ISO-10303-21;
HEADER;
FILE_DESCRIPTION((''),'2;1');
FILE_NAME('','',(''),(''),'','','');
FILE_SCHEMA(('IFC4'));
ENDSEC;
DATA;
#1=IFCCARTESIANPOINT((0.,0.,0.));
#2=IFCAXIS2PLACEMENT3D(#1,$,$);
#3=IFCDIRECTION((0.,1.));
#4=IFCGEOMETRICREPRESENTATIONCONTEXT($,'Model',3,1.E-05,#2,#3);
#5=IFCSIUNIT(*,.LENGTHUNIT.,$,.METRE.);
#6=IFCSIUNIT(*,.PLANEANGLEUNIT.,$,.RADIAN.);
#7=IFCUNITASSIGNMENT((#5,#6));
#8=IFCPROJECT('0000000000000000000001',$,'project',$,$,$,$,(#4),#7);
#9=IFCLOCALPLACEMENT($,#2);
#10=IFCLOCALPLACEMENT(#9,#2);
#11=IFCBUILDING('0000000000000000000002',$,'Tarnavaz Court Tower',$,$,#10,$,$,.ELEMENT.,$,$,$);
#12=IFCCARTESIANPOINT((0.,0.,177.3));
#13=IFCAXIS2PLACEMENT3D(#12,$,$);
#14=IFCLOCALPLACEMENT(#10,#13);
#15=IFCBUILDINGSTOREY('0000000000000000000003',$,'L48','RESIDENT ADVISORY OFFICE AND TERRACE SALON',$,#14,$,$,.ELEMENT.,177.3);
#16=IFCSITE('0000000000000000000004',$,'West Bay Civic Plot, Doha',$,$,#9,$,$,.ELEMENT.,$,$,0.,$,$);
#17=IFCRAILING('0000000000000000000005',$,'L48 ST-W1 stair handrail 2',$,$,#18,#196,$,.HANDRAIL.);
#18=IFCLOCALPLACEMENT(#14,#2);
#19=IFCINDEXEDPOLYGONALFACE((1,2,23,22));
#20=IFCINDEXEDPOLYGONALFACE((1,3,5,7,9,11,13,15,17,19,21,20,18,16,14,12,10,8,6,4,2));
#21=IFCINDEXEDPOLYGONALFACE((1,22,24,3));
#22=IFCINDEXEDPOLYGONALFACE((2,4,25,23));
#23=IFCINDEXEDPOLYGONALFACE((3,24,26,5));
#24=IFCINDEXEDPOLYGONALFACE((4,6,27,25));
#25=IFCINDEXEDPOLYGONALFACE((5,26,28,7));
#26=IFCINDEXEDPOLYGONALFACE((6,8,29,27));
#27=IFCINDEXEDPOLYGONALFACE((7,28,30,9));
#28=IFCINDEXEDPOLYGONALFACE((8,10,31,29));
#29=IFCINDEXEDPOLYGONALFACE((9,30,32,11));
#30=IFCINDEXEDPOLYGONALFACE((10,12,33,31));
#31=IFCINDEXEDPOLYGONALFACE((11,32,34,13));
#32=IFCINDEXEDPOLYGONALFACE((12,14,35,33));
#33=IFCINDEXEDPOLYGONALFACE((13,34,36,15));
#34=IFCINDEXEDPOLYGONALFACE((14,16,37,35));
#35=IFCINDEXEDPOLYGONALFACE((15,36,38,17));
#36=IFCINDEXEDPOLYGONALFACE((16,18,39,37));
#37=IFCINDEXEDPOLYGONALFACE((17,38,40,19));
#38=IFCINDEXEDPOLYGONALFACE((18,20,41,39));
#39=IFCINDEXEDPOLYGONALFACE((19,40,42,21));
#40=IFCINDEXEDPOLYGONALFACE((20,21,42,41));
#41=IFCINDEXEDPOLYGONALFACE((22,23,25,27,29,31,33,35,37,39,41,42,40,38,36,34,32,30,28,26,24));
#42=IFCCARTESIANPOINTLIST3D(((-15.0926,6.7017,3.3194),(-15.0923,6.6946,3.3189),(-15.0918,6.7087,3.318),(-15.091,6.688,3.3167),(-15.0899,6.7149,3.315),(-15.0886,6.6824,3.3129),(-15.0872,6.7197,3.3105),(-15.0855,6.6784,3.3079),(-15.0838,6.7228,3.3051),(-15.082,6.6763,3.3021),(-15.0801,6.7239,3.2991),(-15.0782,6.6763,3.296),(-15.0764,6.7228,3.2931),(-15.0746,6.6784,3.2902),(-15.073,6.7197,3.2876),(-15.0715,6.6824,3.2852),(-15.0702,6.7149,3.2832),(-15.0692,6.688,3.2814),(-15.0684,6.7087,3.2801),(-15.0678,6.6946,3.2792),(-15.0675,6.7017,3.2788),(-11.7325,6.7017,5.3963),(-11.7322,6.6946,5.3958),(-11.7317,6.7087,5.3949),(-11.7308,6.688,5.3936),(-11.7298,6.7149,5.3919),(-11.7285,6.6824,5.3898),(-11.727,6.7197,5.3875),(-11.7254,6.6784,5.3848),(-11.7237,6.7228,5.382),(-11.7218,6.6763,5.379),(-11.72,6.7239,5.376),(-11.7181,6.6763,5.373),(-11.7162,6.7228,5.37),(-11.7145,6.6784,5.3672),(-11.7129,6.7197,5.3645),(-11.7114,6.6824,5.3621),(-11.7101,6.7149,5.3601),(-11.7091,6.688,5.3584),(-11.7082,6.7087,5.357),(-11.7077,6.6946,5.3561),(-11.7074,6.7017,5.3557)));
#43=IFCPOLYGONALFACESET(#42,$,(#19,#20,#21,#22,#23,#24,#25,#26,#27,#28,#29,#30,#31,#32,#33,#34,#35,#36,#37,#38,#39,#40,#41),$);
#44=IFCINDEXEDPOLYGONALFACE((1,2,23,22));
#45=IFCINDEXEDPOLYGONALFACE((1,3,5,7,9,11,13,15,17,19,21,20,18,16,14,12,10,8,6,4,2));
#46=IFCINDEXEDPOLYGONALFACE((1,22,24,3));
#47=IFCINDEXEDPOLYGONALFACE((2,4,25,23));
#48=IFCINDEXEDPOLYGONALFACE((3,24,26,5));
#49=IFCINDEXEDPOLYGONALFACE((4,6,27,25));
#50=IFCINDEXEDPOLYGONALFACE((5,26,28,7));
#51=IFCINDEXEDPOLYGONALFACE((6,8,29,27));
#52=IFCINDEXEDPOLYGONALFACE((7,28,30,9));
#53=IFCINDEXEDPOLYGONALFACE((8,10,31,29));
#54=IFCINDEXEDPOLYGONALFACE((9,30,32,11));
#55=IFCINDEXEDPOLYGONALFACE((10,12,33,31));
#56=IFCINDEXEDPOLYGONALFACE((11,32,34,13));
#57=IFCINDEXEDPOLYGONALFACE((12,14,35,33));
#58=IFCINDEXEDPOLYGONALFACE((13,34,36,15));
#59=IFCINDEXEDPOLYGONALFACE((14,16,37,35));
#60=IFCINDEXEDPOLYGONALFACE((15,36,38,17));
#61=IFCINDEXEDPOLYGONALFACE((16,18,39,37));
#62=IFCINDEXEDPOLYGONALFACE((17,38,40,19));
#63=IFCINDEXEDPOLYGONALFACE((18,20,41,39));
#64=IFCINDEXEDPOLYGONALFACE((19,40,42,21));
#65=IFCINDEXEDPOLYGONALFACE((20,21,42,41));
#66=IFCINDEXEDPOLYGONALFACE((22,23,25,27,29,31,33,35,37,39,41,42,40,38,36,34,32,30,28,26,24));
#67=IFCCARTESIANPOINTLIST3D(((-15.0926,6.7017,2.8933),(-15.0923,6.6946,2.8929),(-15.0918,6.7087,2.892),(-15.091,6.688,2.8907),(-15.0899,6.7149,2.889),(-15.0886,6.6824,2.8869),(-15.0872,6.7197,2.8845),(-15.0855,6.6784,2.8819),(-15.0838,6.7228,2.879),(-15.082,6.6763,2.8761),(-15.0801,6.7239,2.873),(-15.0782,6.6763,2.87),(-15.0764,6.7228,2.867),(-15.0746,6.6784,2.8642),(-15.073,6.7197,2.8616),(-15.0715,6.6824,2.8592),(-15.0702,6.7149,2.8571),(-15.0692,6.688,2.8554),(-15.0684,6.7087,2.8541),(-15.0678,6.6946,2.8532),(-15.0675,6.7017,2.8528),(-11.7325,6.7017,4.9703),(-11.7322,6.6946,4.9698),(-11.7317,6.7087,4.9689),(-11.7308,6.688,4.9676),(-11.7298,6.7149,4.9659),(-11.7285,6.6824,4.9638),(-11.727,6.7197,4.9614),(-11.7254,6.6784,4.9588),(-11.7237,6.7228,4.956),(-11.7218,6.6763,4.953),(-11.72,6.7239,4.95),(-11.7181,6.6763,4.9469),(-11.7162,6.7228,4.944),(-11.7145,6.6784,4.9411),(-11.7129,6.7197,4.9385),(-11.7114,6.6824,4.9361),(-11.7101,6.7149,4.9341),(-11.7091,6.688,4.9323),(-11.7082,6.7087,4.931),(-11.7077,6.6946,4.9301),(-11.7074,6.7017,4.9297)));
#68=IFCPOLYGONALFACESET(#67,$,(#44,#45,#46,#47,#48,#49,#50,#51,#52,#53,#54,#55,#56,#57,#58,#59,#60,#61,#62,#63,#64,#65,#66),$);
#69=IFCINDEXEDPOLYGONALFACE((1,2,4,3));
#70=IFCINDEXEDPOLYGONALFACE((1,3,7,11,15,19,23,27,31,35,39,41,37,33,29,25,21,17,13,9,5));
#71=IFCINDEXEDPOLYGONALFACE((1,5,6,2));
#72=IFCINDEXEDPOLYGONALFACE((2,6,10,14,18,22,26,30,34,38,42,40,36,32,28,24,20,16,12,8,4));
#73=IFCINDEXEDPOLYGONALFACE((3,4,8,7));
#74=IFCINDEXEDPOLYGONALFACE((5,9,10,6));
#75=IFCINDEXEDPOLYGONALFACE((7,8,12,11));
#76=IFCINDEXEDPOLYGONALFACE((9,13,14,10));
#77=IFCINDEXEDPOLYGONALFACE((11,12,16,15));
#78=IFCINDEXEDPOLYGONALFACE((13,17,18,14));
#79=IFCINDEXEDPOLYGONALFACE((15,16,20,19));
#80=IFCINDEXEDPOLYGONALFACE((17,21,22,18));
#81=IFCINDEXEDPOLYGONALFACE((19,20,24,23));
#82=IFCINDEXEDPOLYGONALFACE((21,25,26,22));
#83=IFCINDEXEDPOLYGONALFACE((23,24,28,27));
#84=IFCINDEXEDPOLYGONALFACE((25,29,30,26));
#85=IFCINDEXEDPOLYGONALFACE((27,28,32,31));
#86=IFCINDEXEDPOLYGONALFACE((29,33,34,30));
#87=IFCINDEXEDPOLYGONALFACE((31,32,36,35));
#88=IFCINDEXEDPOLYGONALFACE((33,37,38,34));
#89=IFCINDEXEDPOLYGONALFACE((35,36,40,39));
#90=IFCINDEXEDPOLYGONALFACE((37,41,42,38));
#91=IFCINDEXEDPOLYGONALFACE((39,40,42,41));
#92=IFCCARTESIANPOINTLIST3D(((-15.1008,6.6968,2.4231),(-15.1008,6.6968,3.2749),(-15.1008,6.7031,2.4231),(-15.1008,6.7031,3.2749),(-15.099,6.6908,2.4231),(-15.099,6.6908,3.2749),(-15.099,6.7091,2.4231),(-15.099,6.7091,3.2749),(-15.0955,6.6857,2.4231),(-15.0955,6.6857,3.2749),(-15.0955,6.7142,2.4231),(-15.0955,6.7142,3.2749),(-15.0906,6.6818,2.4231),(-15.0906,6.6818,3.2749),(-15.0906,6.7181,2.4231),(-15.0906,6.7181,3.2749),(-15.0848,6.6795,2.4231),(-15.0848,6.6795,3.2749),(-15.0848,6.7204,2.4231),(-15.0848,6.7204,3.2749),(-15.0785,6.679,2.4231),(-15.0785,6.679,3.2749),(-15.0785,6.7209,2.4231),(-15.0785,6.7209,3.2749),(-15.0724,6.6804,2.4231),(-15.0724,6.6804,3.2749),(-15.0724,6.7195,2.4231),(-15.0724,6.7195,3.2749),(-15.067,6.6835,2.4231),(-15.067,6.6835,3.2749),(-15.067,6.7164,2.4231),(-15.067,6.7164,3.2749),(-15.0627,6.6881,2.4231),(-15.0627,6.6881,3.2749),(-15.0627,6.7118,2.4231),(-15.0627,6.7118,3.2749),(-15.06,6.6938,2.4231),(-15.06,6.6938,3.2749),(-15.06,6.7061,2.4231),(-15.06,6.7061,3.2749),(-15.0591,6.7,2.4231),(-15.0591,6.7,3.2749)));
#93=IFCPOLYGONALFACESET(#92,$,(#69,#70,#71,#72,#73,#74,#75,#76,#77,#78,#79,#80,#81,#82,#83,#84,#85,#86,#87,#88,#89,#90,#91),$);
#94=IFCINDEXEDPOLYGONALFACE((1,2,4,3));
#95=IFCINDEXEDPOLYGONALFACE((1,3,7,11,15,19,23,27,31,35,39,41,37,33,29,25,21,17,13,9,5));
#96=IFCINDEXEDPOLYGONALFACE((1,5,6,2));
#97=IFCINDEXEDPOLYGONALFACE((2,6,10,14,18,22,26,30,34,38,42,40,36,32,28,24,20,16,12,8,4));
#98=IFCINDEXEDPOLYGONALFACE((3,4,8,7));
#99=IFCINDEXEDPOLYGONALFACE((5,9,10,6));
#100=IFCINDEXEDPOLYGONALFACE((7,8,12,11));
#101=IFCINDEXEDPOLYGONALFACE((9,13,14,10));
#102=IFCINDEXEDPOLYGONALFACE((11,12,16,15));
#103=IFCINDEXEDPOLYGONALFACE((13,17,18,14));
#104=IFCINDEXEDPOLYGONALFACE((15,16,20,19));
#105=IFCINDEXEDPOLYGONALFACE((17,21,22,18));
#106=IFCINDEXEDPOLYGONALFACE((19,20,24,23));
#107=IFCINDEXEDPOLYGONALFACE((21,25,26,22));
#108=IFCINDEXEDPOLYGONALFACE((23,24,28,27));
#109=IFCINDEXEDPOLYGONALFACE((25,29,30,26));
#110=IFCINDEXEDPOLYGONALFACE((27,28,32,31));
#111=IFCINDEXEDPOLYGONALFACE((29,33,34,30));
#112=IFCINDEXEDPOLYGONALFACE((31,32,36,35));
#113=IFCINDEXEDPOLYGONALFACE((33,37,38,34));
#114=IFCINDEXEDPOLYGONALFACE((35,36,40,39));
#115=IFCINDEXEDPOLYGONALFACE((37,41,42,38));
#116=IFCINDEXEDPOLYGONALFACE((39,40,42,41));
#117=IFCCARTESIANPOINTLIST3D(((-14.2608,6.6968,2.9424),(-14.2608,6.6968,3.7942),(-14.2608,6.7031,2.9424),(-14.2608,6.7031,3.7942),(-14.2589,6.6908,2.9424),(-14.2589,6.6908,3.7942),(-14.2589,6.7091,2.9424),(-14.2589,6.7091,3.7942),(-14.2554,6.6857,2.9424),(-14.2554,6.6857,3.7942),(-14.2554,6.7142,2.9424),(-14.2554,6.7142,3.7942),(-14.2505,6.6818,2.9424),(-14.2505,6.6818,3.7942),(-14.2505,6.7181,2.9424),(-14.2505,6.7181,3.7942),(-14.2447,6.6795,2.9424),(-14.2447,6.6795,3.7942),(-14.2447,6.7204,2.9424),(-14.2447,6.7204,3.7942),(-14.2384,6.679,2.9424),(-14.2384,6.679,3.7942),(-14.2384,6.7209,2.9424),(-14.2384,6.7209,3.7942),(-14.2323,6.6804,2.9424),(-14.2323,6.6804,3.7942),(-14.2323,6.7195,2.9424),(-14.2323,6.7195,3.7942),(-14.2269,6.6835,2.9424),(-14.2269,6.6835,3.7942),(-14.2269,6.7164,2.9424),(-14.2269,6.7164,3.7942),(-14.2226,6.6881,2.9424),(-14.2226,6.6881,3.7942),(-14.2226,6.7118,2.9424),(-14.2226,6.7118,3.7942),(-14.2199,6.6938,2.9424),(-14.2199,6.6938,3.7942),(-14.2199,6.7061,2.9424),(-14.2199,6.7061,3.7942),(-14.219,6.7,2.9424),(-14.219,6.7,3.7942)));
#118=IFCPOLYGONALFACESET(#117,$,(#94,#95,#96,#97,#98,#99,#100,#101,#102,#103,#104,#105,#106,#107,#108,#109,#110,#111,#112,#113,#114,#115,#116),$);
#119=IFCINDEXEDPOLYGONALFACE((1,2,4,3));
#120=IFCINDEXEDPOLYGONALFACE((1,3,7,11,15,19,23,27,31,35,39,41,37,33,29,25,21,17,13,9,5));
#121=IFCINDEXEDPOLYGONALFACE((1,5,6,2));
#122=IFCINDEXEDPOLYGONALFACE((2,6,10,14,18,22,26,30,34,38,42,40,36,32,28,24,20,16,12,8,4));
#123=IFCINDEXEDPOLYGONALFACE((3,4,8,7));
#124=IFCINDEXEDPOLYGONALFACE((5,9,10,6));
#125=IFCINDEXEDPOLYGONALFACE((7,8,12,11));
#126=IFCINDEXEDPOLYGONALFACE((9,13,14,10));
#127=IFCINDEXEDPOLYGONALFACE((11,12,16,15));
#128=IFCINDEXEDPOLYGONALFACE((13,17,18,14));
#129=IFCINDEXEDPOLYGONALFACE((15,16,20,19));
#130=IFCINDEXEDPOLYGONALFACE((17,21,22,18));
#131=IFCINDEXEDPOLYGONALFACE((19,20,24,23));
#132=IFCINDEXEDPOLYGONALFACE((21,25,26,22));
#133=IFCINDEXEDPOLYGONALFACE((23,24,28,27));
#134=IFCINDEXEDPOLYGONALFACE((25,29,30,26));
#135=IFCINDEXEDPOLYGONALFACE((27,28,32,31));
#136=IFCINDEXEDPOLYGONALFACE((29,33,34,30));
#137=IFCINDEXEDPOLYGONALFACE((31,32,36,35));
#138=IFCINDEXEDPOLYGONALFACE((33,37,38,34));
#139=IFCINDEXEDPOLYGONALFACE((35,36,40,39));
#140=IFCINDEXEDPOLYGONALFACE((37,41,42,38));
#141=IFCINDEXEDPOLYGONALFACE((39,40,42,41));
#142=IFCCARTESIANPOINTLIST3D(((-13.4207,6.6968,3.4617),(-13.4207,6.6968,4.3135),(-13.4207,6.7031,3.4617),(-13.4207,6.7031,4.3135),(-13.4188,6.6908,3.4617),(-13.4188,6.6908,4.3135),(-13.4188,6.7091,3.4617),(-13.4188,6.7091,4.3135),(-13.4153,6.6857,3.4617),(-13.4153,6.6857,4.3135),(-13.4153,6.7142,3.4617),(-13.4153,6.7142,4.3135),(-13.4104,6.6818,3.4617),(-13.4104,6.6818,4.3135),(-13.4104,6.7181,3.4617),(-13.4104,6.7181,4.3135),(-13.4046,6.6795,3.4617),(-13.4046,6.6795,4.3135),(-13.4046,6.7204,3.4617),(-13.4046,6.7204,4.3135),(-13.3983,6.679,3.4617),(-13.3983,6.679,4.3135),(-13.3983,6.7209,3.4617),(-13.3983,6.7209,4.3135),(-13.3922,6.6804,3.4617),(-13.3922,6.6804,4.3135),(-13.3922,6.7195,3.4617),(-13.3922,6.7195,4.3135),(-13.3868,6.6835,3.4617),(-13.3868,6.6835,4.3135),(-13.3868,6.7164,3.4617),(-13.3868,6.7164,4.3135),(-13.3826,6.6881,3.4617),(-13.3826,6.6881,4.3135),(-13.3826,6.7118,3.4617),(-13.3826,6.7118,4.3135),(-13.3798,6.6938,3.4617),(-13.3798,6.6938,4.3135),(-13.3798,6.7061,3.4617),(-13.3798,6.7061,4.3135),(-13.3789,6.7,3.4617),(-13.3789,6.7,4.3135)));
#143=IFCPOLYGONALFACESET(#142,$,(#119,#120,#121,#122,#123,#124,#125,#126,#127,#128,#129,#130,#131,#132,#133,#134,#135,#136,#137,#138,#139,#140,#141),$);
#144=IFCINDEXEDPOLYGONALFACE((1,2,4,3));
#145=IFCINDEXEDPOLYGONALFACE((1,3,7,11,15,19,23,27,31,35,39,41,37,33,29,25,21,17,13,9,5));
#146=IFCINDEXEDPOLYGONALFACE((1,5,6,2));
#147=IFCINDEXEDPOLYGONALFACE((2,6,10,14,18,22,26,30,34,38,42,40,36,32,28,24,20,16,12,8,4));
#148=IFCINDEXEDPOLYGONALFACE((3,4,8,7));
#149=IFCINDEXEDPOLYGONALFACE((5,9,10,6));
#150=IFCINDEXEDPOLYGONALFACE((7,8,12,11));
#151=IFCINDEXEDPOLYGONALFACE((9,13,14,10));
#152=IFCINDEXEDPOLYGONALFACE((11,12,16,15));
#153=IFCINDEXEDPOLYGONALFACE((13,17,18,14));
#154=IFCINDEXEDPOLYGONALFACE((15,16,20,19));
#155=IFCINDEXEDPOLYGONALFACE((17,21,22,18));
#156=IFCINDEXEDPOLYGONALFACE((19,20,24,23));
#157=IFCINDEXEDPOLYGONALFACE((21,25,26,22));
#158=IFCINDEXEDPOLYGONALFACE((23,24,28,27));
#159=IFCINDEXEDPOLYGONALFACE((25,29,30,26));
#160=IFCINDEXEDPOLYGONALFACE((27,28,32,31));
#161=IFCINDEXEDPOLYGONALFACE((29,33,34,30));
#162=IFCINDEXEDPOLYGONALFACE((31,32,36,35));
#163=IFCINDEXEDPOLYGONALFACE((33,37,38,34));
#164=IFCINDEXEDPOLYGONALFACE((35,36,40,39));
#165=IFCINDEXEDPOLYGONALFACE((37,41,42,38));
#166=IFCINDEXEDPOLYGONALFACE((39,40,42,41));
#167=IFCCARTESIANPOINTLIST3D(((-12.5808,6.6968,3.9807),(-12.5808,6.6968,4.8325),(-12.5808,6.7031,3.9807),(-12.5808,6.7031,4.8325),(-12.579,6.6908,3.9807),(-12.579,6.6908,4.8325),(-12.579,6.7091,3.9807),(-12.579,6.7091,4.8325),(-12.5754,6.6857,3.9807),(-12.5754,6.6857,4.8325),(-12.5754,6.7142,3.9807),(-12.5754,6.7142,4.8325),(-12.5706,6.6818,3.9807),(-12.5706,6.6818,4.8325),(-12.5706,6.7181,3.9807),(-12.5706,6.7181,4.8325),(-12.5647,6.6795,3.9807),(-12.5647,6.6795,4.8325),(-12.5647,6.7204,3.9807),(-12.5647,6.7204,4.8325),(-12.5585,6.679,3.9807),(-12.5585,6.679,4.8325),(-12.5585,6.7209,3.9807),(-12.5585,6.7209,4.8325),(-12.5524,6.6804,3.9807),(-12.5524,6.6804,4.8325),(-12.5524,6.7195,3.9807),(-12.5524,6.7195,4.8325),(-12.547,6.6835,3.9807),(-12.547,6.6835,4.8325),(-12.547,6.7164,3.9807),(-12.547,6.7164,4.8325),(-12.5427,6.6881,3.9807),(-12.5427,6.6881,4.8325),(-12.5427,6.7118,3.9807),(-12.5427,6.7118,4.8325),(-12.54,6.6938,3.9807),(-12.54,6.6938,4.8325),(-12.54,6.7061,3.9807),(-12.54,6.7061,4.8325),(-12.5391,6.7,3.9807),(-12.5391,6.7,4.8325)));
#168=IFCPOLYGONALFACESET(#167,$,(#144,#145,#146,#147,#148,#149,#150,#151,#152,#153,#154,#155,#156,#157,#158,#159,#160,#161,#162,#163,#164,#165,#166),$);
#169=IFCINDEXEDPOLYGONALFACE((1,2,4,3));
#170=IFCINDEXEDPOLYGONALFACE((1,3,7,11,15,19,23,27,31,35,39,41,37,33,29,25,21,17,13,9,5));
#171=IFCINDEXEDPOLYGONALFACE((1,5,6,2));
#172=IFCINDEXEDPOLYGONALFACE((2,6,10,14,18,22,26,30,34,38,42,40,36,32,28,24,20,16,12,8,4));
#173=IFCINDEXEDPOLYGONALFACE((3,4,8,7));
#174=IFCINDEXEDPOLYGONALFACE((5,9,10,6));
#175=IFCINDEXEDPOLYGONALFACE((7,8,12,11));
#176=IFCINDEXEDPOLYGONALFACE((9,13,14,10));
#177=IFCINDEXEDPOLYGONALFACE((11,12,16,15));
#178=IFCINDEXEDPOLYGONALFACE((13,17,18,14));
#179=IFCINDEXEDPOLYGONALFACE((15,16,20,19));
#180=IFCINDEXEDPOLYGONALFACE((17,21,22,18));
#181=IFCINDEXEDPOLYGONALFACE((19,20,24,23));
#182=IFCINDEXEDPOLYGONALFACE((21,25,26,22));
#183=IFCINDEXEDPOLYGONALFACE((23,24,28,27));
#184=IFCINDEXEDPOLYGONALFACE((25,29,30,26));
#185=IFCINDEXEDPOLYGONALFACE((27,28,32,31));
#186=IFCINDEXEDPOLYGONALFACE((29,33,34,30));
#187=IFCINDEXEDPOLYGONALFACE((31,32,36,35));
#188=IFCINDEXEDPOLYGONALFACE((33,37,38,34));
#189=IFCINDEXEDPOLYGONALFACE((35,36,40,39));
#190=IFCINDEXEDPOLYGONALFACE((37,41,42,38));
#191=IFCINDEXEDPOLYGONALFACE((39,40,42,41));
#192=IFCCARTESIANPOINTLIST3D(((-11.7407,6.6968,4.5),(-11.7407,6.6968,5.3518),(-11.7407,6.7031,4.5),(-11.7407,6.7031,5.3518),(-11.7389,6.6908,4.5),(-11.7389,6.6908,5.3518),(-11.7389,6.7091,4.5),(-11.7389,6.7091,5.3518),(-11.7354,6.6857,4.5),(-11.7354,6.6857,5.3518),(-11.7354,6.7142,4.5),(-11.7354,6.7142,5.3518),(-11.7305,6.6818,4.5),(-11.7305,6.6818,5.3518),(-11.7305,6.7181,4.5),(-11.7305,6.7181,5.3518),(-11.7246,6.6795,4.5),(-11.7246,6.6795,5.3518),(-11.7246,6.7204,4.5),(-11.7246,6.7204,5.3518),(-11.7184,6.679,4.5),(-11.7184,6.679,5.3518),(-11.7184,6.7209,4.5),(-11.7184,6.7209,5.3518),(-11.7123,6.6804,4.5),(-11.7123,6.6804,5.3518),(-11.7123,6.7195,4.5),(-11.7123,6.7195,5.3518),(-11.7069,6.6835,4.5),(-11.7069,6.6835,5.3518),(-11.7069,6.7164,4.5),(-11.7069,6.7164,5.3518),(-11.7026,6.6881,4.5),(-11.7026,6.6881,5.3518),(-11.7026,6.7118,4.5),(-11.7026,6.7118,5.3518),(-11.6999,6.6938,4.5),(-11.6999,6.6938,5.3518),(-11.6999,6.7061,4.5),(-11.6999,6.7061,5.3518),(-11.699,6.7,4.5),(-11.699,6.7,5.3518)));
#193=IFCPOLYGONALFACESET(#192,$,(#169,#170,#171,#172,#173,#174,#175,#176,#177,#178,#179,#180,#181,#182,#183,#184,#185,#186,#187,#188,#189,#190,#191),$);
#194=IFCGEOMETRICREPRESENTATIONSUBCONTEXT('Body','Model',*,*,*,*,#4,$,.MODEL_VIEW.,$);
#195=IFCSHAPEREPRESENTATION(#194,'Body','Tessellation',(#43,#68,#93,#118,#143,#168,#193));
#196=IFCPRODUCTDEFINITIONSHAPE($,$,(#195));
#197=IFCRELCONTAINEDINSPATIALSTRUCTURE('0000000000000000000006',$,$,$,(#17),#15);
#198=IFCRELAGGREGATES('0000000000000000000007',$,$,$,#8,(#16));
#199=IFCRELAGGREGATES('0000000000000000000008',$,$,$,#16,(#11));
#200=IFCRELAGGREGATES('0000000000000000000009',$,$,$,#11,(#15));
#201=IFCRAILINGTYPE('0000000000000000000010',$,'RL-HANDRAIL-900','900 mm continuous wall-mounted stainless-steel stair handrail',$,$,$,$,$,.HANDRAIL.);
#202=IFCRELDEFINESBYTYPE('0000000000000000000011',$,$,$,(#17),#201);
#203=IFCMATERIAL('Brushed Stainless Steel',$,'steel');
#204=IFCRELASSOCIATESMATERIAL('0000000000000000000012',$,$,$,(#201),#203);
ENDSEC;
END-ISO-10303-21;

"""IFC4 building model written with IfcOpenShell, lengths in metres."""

from ifc_helpers import new_model, si_unit, direction, frame, origin, origin_2d, place, context, subcontext, project, spatial, circle, extrude, material, type_object, element, save


model = new_model("IFC4")

# Units and contexts
model_context = context("Model", 3, precision=1e-05, world=origin(), true_north=direction((0.0, 1.0)))
body_context = subcontext(model_context, "Body", "Model", "MODEL_VIEW")
ifc_project = project(units=[si_unit("LENGTHUNIT", "METRE"), si_unit("PLANEANGLEUNIT", "RADIAN")], contexts=[model_context])

# Site, building, storey
site_placement = place(None, origin())
site = spatial("IfcSite", under=ifc_project, at=site_placement, Name="West Bay Civic Plot, Doha", CompositionType="ELEMENT", RefElevation=0.0)
building_placement = place(site_placement, origin())
building = spatial("IfcBuilding", under=site, at=building_placement, Name="Tarnavaz Court Tower", CompositionType="ELEMENT")
storey_placement = place(building_placement, frame((0.0, 0.0, 177.3)))
storey = spatial("IfcBuildingStorey", under=building, at=storey_placement, Name="L48", Description="RESIDENT ADVISORY OFFICE AND TERRACE SALON", CompositionType="ELEMENT", Elevation=177.3)

# Railing
ifc_material_1 = material(Name="Brushed Stainless Steel", Category="steel")
railing_type = type_object("IfcRailingType", Name="RL-HANDRAIL-900", Description="900 mm continuous wall-mounted stainless-steel stair handrail", PredefinedType="HANDRAIL", material=ifc_material_1)
railing_placement = place(storey_placement, frame((-15.0801, 6.7, 2.4231)))
element("IfcRailing", 1, at=railing_placement, inside=storey, type_object=railing_type, Name="L48 ST-W1 stair handrail 2", PredefinedType="HANDRAIL", context=body_context, shape_type="SweptSolid", body=[
    extrude(circle(Radius=0.0239, at=origin_2d()), frame((0.0, 0.0, 0.876), z_axis=(0.850623, 0.0, 0.525776), x_axis=(0.0, 1.0, 0.0)), (0.0, 0.0, 1.0), 3.9502),
    extrude(circle(Radius=0.0239, at=origin_2d()), frame((0.0, 0.0, 0.45), z_axis=(0.850623, 0.0, 0.525776), x_axis=(0.0, 1.0, 0.0)), (0.0, 0.0, 1.0), 3.9502),
    extrude(circle(Radius=0.021, at=origin_2d()), origin(), (0.0, 0.0, 1.0), 0.8518),
    extrude(circle(Radius=0.021, at=origin_2d()), frame((0.8401, 0.0, 0.5193)), (0.0, 0.0, 1.0), 0.8518),
    extrude(circle(Radius=0.021, at=origin_2d()), frame((1.6802, 0.0, 1.0386)), (0.0, 0.0, 1.0), 0.8518),
    extrude(circle(Radius=0.021, at=origin_2d()), frame((2.52, 0.0, 1.5576)), (0.0, 0.0, 1.0), 0.8518),
    extrude(circle(Radius=0.021, at=origin_2d()), frame((3.3601, 0.0, 2.0769)), (0.0, 0.0, 1.0), 0.8518),
])

save(model, "model.ifc")
